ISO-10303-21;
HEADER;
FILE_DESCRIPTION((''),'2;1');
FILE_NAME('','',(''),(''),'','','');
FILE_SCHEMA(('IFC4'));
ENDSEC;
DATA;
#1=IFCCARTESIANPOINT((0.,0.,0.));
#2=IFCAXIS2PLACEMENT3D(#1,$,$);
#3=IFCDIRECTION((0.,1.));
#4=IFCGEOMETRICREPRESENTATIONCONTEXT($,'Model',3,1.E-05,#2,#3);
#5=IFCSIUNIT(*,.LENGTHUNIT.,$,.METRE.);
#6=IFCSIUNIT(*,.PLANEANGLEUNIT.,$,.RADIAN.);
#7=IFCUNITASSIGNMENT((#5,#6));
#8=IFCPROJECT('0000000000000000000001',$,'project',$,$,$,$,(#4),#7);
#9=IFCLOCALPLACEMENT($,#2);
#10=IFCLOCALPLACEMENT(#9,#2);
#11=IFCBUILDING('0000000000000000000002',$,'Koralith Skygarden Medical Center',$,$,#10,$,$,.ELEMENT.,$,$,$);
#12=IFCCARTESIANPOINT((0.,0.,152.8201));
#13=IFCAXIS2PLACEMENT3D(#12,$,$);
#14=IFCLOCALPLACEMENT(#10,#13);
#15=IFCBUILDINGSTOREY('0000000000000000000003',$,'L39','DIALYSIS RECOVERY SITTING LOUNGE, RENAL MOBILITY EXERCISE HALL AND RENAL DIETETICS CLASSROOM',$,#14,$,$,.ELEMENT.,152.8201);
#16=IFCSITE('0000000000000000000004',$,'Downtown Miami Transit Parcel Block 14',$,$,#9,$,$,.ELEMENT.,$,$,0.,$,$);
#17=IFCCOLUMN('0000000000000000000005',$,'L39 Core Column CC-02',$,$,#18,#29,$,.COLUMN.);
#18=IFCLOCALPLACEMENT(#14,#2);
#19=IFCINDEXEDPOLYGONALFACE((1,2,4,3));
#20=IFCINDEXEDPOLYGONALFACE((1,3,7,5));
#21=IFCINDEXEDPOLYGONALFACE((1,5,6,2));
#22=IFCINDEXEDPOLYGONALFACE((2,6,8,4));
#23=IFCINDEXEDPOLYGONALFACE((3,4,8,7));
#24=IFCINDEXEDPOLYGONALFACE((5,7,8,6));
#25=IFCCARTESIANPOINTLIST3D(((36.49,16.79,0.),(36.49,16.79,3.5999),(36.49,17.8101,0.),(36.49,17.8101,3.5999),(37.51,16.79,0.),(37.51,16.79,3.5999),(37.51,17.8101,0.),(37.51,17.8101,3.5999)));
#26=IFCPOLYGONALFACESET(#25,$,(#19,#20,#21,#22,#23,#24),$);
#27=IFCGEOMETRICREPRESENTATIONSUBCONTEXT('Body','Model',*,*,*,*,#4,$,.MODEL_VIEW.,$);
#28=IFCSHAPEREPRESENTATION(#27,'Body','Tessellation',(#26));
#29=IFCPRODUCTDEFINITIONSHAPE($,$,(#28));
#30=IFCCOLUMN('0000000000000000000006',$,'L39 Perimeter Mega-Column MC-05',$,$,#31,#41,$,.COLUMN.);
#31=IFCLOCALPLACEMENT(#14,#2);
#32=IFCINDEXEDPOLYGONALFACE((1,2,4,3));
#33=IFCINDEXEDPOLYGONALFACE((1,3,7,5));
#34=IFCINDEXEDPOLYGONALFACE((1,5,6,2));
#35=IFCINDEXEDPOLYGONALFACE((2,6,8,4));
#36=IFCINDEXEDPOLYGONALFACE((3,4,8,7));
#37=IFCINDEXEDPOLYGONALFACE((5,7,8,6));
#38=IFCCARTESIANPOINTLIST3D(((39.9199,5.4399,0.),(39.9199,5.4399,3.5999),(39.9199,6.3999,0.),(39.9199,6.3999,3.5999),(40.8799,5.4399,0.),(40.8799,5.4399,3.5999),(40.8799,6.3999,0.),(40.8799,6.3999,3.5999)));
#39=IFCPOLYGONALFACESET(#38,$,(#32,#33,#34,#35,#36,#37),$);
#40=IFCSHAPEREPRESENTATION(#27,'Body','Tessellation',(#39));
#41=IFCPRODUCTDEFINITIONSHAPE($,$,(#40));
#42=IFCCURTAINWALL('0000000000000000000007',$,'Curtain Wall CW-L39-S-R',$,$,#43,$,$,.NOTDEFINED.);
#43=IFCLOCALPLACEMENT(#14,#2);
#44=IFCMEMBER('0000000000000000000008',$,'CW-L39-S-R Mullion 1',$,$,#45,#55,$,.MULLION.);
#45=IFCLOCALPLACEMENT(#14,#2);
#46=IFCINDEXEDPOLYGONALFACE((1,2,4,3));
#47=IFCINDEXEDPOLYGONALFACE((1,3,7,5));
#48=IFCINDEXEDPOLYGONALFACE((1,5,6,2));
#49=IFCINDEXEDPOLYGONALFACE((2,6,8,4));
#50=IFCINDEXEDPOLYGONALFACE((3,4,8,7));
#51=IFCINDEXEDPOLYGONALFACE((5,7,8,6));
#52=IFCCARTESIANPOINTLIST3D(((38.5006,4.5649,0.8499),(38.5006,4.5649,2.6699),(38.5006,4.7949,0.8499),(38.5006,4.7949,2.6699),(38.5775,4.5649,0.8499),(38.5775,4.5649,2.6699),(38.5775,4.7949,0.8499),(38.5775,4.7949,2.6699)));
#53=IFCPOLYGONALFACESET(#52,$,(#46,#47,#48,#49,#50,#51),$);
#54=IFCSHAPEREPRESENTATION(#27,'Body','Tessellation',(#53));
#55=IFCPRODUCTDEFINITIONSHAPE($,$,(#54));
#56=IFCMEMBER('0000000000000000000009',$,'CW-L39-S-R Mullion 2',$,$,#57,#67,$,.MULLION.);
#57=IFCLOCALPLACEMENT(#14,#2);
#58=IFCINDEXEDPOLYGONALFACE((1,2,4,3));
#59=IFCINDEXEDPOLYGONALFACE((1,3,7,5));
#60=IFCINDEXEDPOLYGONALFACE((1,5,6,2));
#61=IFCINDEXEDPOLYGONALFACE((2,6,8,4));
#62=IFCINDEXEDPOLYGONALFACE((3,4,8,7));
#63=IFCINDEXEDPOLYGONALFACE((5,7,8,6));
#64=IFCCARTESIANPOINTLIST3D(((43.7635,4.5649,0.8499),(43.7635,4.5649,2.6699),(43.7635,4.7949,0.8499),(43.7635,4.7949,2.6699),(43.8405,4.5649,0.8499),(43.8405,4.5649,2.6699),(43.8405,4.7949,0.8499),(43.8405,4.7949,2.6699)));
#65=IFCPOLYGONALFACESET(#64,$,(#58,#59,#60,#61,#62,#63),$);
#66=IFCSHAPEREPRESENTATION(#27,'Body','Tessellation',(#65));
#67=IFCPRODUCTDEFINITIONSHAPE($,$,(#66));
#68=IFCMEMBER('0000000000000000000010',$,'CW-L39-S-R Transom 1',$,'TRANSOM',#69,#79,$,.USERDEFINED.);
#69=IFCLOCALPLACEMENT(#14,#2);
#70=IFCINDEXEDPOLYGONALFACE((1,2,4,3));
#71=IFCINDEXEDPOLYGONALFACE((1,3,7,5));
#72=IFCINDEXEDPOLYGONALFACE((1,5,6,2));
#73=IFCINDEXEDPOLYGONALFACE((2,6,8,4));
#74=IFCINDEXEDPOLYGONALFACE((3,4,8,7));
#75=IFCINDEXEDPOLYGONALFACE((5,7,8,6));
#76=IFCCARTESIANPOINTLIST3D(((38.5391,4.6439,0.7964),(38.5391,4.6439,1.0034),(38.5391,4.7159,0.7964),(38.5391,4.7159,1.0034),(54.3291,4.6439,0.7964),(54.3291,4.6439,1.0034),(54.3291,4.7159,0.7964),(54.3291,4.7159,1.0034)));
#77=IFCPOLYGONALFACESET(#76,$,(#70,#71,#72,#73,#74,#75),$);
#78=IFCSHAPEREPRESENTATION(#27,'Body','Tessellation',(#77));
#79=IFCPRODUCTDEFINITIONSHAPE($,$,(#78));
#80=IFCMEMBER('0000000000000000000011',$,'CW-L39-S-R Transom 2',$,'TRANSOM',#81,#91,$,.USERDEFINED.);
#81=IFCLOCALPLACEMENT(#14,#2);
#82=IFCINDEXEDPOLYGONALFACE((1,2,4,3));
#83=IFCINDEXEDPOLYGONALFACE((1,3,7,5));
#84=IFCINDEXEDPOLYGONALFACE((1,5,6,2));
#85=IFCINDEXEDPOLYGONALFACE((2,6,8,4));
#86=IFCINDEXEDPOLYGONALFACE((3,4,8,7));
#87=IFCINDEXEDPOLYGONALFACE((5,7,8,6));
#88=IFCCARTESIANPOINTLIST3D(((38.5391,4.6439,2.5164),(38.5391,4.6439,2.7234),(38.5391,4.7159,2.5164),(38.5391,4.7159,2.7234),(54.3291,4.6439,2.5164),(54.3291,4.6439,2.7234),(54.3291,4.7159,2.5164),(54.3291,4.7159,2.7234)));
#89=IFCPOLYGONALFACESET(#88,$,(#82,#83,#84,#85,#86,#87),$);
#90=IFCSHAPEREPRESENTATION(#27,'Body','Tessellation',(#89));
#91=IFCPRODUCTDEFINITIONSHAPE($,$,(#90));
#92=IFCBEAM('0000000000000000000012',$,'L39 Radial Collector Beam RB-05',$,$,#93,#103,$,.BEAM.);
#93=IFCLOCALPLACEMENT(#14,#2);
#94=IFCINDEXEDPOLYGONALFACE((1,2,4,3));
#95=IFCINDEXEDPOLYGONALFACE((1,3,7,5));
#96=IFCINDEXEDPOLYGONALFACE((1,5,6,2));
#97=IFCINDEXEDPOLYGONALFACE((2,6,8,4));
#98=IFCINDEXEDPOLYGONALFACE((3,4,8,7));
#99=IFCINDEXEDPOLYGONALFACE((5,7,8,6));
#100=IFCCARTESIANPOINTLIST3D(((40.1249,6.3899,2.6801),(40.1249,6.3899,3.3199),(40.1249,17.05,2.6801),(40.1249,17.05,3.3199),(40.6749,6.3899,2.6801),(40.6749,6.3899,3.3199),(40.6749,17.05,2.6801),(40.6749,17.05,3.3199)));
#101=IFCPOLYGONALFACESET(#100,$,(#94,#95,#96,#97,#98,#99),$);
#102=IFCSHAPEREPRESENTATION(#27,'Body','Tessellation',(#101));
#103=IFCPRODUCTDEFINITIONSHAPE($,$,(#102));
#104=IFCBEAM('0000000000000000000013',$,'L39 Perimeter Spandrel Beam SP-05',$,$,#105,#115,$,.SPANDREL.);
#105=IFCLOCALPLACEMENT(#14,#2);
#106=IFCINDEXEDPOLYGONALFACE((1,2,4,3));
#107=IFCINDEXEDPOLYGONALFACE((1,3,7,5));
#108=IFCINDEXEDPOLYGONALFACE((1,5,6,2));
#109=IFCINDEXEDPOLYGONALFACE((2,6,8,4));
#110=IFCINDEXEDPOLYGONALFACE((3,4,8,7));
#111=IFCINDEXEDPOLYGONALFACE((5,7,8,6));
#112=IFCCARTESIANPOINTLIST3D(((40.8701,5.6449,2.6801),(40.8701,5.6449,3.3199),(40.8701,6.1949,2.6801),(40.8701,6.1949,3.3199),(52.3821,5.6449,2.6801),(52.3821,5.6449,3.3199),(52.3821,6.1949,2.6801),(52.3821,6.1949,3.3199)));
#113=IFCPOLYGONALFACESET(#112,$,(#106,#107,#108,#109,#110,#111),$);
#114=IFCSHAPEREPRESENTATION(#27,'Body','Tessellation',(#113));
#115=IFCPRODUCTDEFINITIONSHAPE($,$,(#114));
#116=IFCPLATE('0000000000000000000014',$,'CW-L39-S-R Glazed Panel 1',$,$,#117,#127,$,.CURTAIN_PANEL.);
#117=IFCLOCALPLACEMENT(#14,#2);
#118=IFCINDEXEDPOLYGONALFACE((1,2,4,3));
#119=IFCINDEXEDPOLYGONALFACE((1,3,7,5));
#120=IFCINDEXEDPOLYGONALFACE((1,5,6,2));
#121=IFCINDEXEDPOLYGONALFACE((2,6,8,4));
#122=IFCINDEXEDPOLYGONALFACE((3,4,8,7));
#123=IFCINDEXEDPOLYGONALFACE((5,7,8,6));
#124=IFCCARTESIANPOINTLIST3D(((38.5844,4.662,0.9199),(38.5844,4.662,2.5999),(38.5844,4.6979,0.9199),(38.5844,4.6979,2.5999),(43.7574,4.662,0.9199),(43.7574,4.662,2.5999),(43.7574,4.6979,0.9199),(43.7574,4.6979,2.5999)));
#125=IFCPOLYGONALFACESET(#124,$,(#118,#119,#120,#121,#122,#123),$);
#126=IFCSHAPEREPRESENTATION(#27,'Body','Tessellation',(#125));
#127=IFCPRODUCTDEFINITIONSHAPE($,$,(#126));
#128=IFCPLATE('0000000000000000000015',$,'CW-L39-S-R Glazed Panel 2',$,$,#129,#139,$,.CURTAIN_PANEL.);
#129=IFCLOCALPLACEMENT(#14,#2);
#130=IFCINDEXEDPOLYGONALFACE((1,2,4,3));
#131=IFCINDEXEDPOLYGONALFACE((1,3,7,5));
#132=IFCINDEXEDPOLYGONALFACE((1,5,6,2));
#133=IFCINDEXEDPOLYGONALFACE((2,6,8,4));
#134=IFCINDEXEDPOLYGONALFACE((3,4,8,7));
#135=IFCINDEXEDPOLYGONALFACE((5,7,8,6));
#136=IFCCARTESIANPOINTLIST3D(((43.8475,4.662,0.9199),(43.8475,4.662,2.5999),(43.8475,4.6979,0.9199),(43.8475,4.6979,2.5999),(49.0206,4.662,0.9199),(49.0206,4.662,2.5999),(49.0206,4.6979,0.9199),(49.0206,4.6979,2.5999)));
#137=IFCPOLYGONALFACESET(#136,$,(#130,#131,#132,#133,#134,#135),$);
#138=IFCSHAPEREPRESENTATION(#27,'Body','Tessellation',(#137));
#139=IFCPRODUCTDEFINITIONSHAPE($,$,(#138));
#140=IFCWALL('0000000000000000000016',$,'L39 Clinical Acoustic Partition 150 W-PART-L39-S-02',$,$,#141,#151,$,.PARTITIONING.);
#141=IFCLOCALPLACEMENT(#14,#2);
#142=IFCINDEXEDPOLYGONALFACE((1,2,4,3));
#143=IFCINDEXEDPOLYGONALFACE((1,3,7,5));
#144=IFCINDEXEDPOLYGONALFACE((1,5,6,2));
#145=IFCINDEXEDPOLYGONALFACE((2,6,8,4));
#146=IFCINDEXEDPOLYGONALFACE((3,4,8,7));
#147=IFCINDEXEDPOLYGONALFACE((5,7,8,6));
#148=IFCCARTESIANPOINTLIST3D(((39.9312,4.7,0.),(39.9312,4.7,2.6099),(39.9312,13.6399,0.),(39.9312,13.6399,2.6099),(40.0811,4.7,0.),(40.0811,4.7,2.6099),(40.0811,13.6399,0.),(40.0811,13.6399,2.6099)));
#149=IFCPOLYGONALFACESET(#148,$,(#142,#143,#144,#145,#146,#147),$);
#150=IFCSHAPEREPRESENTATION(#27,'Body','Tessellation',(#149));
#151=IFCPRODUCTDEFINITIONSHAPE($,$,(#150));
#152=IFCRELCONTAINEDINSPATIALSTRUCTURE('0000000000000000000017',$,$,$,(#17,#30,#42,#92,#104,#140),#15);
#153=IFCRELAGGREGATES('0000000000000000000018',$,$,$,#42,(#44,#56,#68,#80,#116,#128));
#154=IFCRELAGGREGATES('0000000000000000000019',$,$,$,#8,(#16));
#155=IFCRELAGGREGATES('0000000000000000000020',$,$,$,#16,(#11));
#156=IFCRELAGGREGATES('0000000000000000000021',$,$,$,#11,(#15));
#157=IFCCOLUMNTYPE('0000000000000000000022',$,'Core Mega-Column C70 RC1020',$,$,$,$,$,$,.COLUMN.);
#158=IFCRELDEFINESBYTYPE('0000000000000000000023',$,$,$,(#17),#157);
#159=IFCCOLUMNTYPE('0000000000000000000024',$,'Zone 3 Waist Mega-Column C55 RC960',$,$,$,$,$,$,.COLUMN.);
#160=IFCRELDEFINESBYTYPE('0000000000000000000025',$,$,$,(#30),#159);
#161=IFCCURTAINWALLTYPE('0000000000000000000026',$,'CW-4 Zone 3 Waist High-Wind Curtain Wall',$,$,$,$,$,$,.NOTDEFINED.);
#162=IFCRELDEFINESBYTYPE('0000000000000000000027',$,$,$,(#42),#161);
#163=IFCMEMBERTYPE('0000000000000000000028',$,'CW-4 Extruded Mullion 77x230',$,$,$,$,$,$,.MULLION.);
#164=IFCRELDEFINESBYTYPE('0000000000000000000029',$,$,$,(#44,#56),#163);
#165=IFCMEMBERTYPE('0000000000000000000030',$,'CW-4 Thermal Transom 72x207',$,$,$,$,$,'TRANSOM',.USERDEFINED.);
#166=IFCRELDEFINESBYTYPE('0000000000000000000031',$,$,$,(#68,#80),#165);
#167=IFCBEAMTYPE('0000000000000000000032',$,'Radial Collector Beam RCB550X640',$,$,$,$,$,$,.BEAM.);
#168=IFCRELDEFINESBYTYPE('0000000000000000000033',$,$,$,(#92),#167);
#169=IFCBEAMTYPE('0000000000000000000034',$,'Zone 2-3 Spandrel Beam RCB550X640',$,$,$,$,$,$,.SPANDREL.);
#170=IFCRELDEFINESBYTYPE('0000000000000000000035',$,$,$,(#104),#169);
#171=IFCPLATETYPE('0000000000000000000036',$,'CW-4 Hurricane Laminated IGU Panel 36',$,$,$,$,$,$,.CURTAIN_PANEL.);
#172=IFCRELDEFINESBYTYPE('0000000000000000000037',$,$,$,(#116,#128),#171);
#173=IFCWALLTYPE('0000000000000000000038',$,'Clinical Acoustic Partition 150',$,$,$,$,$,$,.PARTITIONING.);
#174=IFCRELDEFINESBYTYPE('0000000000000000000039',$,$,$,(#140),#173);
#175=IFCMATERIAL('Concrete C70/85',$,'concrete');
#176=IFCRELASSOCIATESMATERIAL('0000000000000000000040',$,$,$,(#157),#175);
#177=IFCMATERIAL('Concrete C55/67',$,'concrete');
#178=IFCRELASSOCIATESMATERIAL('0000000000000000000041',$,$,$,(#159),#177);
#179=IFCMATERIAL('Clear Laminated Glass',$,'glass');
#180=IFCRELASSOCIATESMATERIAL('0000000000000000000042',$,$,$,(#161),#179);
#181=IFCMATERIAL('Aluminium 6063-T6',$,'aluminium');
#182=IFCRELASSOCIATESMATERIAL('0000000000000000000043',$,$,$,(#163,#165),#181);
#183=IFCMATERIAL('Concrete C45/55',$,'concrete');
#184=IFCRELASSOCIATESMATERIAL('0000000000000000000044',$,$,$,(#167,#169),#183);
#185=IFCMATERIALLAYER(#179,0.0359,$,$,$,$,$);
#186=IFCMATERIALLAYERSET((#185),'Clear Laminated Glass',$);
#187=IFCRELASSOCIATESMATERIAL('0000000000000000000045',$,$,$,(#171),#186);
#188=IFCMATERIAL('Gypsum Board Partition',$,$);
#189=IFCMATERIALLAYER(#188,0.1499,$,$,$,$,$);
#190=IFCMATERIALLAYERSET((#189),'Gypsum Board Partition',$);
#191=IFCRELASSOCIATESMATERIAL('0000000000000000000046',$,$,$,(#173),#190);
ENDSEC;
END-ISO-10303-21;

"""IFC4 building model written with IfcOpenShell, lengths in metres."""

from ifc_helpers import new_model, si_unit, direction, frame, frame_2d, origin, origin_2d, place, context, subcontext, project, spatial, rectangle, extrude, material, layer, layer_set, material_profile, profile_set, type_object, element, aggregate, save


model = new_model("IFC4")

# Units and contexts
model_context = context("Model", 3, precision=1e-05, world=origin(), true_north=direction((0.0, 1.0)))
body_context = subcontext(model_context, "Body", "Model", "MODEL_VIEW")
ifc_project = project(units=[si_unit("LENGTHUNIT", "METRE"), si_unit("PLANEANGLEUNIT", "RADIAN")], contexts=[model_context])

# Site, building, storey
site_placement = place(None, origin())
site = spatial("IfcSite", under=ifc_project, at=site_placement, Name="Downtown Miami Transit Parcel Block 14", CompositionType="ELEMENT", RefElevation=0.0)
building_placement = place(site_placement, origin())
building = spatial("IfcBuilding", under=site, at=building_placement, Name="Koralith Skygarden Medical Center", CompositionType="ELEMENT")
storey_placement = place(building_placement, frame((0.0, 0.0, 152.8201)))
storey = spatial("IfcBuildingStorey", under=building, at=storey_placement, Name="L39", Description="DIALYSIS RECOVERY SITTING LOUNGE, RENAL MOBILITY EXERCISE HALL AND RENAL DIETETICS CLASSROOM", CompositionType="ELEMENT", Elevation=152.8201)

# Columns
ifc_material_1 = material(Name="Concrete C70/85", Category="concrete")
ifc_material_profile_1 = material_profile(ifc_material_1, rectangle(XDim=1.02, YDim=1.02, at=origin_2d()), Name="RC1020X1020")
ifc_profile_set_1 = profile_set([ifc_material_profile_1], Name="Concrete C70/85")
column_type_1 = type_object("IfcColumnType", Name="Core Mega-Column C70 RC1020", PredefinedType="COLUMN", material=ifc_profile_set_1)
column_1_placement = place(storey_placement, frame((37.0, 17.3, 0.0), z_axis=(0.0, 0.0, 1.0), x_axis=(1.0, 0.0, 0.0)))
element("IfcColumn", 1, at=column_1_placement, inside=storey, type_object=column_type_1, Name="L39 Core Column CC-02", PredefinedType="COLUMN", context=body_context, shape_type="SweptSolid", body=[
    extrude(rectangle(XDim=1.02, YDim=1.02, at=origin_2d()), origin(), (0.0, 0.0, 1.0), 3.5999),
])
ifc_material_2 = material(Name="Concrete C55/67", Category="concrete")
ifc_material_profile_2 = material_profile(ifc_material_2, rectangle(XDim=0.96, YDim=0.96, at=origin_2d()), Name="RC960X960")
ifc_profile_set_2 = profile_set([ifc_material_profile_2], Name="Concrete C55/67")
column_type_2 = type_object("IfcColumnType", Name="Zone 3 Waist Mega-Column C55 RC960", PredefinedType="COLUMN", material=ifc_profile_set_2)
column_2_placement = place(storey_placement, frame((40.3999, 5.9199, 0.0), z_axis=(0.0, 0.0, 1.0), x_axis=(1.0, 0.0, 0.0)))
element("IfcColumn", 2, at=column_2_placement, inside=storey, type_object=column_type_2, Name="L39 Perimeter Mega-Column MC-05", PredefinedType="COLUMN", context=body_context, shape_type="SweptSolid", body=[
    extrude(rectangle(XDim=0.96, YDim=0.96, at=origin_2d()), origin(), (0.0, 0.0, 1.0), 3.5999),
])

# Curtain wall, members
ifc_material_3 = material(Name="Clear Laminated Glass", Category="glass")
curtain_wall_type = type_object("IfcCurtainWallType", Name="CW-4 Zone 3 Waist High-Wind Curtain Wall", PredefinedType="NOTDEFINED", material=ifc_material_3)
curtain_wall_placement = place(storey_placement, origin())
curtain_wall = element("IfcCurtainWall", 3, at=curtain_wall_placement, inside=storey, type_object=curtain_wall_type, Name="Curtain Wall CW-L39-S-R", PredefinedType="NOTDEFINED")
ifc_material_4 = material(Name="Aluminium 6063-T6", Category="aluminium")
ifc_material_profile_3 = material_profile(ifc_material_4, rectangle(XDim=0.0769, YDim=0.23, at=origin_2d()), Name="MUL77X230")
ifc_profile_set_3 = profile_set([ifc_material_profile_3], Name="Aluminium 6063-T6")
member_type_1 = type_object("IfcMemberType", Name="CW-4 Extruded Mullion 77x230", PredefinedType="MULLION", material=ifc_profile_set_3)
member_1_placement = place(storey_placement, frame((38.5391, 4.6799, 0.8499), z_axis=(0.0, 0.0, 1.0), x_axis=(1.0, 0.0, 0.0)))
member_1 = element("IfcMember", 4, at=member_1_placement, type_object=member_type_1, Name="CW-L39-S-R Mullion 1", PredefinedType="MULLION", context=body_context, shape_type="SweptSolid", body=[
    extrude(rectangle(XDim=0.0769, YDim=0.23, at=origin_2d()), origin(), (0.0, 0.0, 1.0), 1.8201),
])
member_2_placement = place(storey_placement, frame((43.802, 4.6799, 0.8499), z_axis=(0.0, 0.0, 1.0), x_axis=(1.0, 0.0, 0.0)))
member_2 = element("IfcMember", 5, at=member_2_placement, type_object=member_type_1, Name="CW-L39-S-R Mullion 2", PredefinedType="MULLION", context=body_context, shape_type="SweptSolid", body=[
    extrude(rectangle(XDim=0.0769, YDim=0.23, at=origin_2d()), origin(), (0.0, 0.0, 1.0), 1.8201),
])
ifc_material_profile_4 = material_profile(ifc_material_4, rectangle(XDim=0.072, YDim=0.207, at=origin_2d()), Name="TRN72X207")
ifc_profile_set_4 = profile_set([ifc_material_profile_4], Name="Aluminium 6063-T6")
member_type_2 = type_object("IfcMemberType", Name="CW-4 Thermal Transom 72x207", ElementType="TRANSOM", PredefinedType="USERDEFINED", material=ifc_profile_set_4)
member_3_placement = place(storey_placement, frame((38.5391, 4.6799, 0.8999), z_axis=(1.0, 0.0, 0.0), x_axis=(0.0, 1.0, 0.0)))
member_3 = element("IfcMember", 6, at=member_3_placement, type_object=member_type_2, Name="CW-L39-S-R Transom 1", ObjectType="TRANSOM", PredefinedType="USERDEFINED", context=body_context, shape_type="SweptSolid", body=[
    extrude(rectangle(XDim=0.072, YDim=0.207, at=origin_2d()), origin(), (0.0, 0.0, 1.0), 15.79),
])
member_4_placement = place(storey_placement, frame((38.5391, 4.6799, 2.6199), z_axis=(1.0, 0.0, 0.0), x_axis=(0.0, 1.0, 0.0)))
member_4 = element("IfcMember", 7, at=member_4_placement, type_object=member_type_2, Name="CW-L39-S-R Transom 2", ObjectType="TRANSOM", PredefinedType="USERDEFINED", context=body_context, shape_type="SweptSolid", body=[
    extrude(rectangle(XDim=0.072, YDim=0.207, at=origin_2d()), origin(), (0.0, 0.0, 1.0), 15.79),
])

# Beams
ifc_material_5 = material(Name="Concrete C45/55", Category="concrete")
ifc_material_profile_5 = material_profile(ifc_material_5, rectangle(XDim=0.55, YDim=0.6399, at=origin_2d()), Name="RCB550X640")
ifc_profile_set_5 = profile_set([ifc_material_profile_5], Name="Concrete C45/55")
beam_type_1 = type_object("IfcBeamType", Name="Radial Collector Beam RCB550X640", PredefinedType="BEAM", material=ifc_profile_set_5)
beam_1_placement = place(storey_placement, frame((40.3999, 17.05, 3.0), z_axis=(0.0, -1.0, 0.0), x_axis=(1.0, 0.0, 0.0)))
element("IfcBeam", 8, at=beam_1_placement, inside=storey, type_object=beam_type_1, Name="L39 Radial Collector Beam RB-05", PredefinedType="BEAM", context=body_context, shape_type="SweptSolid", body=[
    extrude(rectangle(XDim=0.55, YDim=0.6399, at=origin_2d()), origin(), (0.0, 0.0, 1.0), 10.6602),
])
ifc_material_profile_6 = material_profile(ifc_material_5, rectangle(XDim=0.55, YDim=0.6399, at=origin_2d()), Name="RCB550X640")
ifc_profile_set_6 = profile_set([ifc_material_profile_6], Name="Concrete C45/55")
beam_type_2 = type_object("IfcBeamType", Name="Zone 2-3 Spandrel Beam RCB550X640", PredefinedType="SPANDREL", material=ifc_profile_set_6)
beam_2_placement = place(storey_placement, frame((40.8701, 5.9199, 3.0), z_axis=(1.0, 0.0, 0.0), x_axis=(0.0, 1.0, 0.0)))
element("IfcBeam", 9, at=beam_2_placement, inside=storey, type_object=beam_type_2, Name="L39 Perimeter Spandrel Beam SP-05", PredefinedType="SPANDREL", context=body_context, shape_type="SweptSolid", body=[
    extrude(rectangle(XDim=0.55, YDim=0.6399, at=origin_2d()), origin(), (0.0, 0.0, 1.0), 11.512),
])

# Plates
ifc_layer_1 = layer(ifc_material_3, 0.0359)
ifc_layer_set_1 = layer_set([ifc_layer_1], Name="Clear Laminated Glass")
plate_type = type_object("IfcPlateType", Name="CW-4 Hurricane Laminated IGU Panel 36", PredefinedType="CURTAIN_PANEL", material=ifc_layer_set_1)
plate_1_placement = place(storey_placement, frame((41.1709, 4.6799, 0.9199), z_axis=(0.0, 0.0, 1.0), x_axis=(1.0, 0.0, 0.0)))
plate_1 = element("IfcPlate", 10, at=plate_1_placement, type_object=plate_type, Name="CW-L39-S-R Glazed Panel 1", PredefinedType="CURTAIN_PANEL", context=body_context, shape_type="SweptSolid", body=[
    extrude(rectangle(XDim=5.1731, YDim=0.0359, at=origin_2d()), origin(), (0.0, 0.0, 1.0), 1.6799),
])
plate_2_placement = place(storey_placement, frame((46.4341, 4.6799, 0.9199), z_axis=(0.0, 0.0, 1.0), x_axis=(1.0, 0.0, 0.0)))
plate_2 = element("IfcPlate", 11, at=plate_2_placement, type_object=plate_type, Name="CW-L39-S-R Glazed Panel 2", PredefinedType="CURTAIN_PANEL", context=body_context, shape_type="SweptSolid", body=[
    extrude(rectangle(XDim=5.1731, YDim=0.0359, at=origin_2d()), origin(), (0.0, 0.0, 1.0), 1.6799),
])
aggregate(curtain_wall, [member_1, member_2, member_3, member_4, plate_1, plate_2])

# Wall
ifc_material_6 = material(Name="Gypsum Board Partition")
ifc_layer_2 = layer(ifc_material_6, 0.1499)
ifc_layer_set_2 = layer_set([ifc_layer_2], Name="Gypsum Board Partition")
wall_type_1 = type_object("IfcWallType", Name="Clinical Acoustic Partition 150", PredefinedType="PARTITIONING", material=ifc_layer_set_2)
wall_1_placement = place(storey_placement, frame((40.0061, 13.6399, 0.0), z_axis=(0.0, 0.0, 1.0), x_axis=(0.0, -1.0, 0.0)))
element("IfcWall", 12, at=wall_1_placement, inside=storey, type_object=wall_type_1, Name="L39 Clinical Acoustic Partition 150 W-PART-L39-S-02", PredefinedType="PARTITIONING", context=body_context, shape_type="SweptSolid", body=[
    extrude(rectangle(XDim=8.9399, YDim=0.1499, at=frame_2d((4.47, 0.0))), origin(), (0.0, 0.0, 1.0), 2.6099),
])

save(model, "model.ifc")
